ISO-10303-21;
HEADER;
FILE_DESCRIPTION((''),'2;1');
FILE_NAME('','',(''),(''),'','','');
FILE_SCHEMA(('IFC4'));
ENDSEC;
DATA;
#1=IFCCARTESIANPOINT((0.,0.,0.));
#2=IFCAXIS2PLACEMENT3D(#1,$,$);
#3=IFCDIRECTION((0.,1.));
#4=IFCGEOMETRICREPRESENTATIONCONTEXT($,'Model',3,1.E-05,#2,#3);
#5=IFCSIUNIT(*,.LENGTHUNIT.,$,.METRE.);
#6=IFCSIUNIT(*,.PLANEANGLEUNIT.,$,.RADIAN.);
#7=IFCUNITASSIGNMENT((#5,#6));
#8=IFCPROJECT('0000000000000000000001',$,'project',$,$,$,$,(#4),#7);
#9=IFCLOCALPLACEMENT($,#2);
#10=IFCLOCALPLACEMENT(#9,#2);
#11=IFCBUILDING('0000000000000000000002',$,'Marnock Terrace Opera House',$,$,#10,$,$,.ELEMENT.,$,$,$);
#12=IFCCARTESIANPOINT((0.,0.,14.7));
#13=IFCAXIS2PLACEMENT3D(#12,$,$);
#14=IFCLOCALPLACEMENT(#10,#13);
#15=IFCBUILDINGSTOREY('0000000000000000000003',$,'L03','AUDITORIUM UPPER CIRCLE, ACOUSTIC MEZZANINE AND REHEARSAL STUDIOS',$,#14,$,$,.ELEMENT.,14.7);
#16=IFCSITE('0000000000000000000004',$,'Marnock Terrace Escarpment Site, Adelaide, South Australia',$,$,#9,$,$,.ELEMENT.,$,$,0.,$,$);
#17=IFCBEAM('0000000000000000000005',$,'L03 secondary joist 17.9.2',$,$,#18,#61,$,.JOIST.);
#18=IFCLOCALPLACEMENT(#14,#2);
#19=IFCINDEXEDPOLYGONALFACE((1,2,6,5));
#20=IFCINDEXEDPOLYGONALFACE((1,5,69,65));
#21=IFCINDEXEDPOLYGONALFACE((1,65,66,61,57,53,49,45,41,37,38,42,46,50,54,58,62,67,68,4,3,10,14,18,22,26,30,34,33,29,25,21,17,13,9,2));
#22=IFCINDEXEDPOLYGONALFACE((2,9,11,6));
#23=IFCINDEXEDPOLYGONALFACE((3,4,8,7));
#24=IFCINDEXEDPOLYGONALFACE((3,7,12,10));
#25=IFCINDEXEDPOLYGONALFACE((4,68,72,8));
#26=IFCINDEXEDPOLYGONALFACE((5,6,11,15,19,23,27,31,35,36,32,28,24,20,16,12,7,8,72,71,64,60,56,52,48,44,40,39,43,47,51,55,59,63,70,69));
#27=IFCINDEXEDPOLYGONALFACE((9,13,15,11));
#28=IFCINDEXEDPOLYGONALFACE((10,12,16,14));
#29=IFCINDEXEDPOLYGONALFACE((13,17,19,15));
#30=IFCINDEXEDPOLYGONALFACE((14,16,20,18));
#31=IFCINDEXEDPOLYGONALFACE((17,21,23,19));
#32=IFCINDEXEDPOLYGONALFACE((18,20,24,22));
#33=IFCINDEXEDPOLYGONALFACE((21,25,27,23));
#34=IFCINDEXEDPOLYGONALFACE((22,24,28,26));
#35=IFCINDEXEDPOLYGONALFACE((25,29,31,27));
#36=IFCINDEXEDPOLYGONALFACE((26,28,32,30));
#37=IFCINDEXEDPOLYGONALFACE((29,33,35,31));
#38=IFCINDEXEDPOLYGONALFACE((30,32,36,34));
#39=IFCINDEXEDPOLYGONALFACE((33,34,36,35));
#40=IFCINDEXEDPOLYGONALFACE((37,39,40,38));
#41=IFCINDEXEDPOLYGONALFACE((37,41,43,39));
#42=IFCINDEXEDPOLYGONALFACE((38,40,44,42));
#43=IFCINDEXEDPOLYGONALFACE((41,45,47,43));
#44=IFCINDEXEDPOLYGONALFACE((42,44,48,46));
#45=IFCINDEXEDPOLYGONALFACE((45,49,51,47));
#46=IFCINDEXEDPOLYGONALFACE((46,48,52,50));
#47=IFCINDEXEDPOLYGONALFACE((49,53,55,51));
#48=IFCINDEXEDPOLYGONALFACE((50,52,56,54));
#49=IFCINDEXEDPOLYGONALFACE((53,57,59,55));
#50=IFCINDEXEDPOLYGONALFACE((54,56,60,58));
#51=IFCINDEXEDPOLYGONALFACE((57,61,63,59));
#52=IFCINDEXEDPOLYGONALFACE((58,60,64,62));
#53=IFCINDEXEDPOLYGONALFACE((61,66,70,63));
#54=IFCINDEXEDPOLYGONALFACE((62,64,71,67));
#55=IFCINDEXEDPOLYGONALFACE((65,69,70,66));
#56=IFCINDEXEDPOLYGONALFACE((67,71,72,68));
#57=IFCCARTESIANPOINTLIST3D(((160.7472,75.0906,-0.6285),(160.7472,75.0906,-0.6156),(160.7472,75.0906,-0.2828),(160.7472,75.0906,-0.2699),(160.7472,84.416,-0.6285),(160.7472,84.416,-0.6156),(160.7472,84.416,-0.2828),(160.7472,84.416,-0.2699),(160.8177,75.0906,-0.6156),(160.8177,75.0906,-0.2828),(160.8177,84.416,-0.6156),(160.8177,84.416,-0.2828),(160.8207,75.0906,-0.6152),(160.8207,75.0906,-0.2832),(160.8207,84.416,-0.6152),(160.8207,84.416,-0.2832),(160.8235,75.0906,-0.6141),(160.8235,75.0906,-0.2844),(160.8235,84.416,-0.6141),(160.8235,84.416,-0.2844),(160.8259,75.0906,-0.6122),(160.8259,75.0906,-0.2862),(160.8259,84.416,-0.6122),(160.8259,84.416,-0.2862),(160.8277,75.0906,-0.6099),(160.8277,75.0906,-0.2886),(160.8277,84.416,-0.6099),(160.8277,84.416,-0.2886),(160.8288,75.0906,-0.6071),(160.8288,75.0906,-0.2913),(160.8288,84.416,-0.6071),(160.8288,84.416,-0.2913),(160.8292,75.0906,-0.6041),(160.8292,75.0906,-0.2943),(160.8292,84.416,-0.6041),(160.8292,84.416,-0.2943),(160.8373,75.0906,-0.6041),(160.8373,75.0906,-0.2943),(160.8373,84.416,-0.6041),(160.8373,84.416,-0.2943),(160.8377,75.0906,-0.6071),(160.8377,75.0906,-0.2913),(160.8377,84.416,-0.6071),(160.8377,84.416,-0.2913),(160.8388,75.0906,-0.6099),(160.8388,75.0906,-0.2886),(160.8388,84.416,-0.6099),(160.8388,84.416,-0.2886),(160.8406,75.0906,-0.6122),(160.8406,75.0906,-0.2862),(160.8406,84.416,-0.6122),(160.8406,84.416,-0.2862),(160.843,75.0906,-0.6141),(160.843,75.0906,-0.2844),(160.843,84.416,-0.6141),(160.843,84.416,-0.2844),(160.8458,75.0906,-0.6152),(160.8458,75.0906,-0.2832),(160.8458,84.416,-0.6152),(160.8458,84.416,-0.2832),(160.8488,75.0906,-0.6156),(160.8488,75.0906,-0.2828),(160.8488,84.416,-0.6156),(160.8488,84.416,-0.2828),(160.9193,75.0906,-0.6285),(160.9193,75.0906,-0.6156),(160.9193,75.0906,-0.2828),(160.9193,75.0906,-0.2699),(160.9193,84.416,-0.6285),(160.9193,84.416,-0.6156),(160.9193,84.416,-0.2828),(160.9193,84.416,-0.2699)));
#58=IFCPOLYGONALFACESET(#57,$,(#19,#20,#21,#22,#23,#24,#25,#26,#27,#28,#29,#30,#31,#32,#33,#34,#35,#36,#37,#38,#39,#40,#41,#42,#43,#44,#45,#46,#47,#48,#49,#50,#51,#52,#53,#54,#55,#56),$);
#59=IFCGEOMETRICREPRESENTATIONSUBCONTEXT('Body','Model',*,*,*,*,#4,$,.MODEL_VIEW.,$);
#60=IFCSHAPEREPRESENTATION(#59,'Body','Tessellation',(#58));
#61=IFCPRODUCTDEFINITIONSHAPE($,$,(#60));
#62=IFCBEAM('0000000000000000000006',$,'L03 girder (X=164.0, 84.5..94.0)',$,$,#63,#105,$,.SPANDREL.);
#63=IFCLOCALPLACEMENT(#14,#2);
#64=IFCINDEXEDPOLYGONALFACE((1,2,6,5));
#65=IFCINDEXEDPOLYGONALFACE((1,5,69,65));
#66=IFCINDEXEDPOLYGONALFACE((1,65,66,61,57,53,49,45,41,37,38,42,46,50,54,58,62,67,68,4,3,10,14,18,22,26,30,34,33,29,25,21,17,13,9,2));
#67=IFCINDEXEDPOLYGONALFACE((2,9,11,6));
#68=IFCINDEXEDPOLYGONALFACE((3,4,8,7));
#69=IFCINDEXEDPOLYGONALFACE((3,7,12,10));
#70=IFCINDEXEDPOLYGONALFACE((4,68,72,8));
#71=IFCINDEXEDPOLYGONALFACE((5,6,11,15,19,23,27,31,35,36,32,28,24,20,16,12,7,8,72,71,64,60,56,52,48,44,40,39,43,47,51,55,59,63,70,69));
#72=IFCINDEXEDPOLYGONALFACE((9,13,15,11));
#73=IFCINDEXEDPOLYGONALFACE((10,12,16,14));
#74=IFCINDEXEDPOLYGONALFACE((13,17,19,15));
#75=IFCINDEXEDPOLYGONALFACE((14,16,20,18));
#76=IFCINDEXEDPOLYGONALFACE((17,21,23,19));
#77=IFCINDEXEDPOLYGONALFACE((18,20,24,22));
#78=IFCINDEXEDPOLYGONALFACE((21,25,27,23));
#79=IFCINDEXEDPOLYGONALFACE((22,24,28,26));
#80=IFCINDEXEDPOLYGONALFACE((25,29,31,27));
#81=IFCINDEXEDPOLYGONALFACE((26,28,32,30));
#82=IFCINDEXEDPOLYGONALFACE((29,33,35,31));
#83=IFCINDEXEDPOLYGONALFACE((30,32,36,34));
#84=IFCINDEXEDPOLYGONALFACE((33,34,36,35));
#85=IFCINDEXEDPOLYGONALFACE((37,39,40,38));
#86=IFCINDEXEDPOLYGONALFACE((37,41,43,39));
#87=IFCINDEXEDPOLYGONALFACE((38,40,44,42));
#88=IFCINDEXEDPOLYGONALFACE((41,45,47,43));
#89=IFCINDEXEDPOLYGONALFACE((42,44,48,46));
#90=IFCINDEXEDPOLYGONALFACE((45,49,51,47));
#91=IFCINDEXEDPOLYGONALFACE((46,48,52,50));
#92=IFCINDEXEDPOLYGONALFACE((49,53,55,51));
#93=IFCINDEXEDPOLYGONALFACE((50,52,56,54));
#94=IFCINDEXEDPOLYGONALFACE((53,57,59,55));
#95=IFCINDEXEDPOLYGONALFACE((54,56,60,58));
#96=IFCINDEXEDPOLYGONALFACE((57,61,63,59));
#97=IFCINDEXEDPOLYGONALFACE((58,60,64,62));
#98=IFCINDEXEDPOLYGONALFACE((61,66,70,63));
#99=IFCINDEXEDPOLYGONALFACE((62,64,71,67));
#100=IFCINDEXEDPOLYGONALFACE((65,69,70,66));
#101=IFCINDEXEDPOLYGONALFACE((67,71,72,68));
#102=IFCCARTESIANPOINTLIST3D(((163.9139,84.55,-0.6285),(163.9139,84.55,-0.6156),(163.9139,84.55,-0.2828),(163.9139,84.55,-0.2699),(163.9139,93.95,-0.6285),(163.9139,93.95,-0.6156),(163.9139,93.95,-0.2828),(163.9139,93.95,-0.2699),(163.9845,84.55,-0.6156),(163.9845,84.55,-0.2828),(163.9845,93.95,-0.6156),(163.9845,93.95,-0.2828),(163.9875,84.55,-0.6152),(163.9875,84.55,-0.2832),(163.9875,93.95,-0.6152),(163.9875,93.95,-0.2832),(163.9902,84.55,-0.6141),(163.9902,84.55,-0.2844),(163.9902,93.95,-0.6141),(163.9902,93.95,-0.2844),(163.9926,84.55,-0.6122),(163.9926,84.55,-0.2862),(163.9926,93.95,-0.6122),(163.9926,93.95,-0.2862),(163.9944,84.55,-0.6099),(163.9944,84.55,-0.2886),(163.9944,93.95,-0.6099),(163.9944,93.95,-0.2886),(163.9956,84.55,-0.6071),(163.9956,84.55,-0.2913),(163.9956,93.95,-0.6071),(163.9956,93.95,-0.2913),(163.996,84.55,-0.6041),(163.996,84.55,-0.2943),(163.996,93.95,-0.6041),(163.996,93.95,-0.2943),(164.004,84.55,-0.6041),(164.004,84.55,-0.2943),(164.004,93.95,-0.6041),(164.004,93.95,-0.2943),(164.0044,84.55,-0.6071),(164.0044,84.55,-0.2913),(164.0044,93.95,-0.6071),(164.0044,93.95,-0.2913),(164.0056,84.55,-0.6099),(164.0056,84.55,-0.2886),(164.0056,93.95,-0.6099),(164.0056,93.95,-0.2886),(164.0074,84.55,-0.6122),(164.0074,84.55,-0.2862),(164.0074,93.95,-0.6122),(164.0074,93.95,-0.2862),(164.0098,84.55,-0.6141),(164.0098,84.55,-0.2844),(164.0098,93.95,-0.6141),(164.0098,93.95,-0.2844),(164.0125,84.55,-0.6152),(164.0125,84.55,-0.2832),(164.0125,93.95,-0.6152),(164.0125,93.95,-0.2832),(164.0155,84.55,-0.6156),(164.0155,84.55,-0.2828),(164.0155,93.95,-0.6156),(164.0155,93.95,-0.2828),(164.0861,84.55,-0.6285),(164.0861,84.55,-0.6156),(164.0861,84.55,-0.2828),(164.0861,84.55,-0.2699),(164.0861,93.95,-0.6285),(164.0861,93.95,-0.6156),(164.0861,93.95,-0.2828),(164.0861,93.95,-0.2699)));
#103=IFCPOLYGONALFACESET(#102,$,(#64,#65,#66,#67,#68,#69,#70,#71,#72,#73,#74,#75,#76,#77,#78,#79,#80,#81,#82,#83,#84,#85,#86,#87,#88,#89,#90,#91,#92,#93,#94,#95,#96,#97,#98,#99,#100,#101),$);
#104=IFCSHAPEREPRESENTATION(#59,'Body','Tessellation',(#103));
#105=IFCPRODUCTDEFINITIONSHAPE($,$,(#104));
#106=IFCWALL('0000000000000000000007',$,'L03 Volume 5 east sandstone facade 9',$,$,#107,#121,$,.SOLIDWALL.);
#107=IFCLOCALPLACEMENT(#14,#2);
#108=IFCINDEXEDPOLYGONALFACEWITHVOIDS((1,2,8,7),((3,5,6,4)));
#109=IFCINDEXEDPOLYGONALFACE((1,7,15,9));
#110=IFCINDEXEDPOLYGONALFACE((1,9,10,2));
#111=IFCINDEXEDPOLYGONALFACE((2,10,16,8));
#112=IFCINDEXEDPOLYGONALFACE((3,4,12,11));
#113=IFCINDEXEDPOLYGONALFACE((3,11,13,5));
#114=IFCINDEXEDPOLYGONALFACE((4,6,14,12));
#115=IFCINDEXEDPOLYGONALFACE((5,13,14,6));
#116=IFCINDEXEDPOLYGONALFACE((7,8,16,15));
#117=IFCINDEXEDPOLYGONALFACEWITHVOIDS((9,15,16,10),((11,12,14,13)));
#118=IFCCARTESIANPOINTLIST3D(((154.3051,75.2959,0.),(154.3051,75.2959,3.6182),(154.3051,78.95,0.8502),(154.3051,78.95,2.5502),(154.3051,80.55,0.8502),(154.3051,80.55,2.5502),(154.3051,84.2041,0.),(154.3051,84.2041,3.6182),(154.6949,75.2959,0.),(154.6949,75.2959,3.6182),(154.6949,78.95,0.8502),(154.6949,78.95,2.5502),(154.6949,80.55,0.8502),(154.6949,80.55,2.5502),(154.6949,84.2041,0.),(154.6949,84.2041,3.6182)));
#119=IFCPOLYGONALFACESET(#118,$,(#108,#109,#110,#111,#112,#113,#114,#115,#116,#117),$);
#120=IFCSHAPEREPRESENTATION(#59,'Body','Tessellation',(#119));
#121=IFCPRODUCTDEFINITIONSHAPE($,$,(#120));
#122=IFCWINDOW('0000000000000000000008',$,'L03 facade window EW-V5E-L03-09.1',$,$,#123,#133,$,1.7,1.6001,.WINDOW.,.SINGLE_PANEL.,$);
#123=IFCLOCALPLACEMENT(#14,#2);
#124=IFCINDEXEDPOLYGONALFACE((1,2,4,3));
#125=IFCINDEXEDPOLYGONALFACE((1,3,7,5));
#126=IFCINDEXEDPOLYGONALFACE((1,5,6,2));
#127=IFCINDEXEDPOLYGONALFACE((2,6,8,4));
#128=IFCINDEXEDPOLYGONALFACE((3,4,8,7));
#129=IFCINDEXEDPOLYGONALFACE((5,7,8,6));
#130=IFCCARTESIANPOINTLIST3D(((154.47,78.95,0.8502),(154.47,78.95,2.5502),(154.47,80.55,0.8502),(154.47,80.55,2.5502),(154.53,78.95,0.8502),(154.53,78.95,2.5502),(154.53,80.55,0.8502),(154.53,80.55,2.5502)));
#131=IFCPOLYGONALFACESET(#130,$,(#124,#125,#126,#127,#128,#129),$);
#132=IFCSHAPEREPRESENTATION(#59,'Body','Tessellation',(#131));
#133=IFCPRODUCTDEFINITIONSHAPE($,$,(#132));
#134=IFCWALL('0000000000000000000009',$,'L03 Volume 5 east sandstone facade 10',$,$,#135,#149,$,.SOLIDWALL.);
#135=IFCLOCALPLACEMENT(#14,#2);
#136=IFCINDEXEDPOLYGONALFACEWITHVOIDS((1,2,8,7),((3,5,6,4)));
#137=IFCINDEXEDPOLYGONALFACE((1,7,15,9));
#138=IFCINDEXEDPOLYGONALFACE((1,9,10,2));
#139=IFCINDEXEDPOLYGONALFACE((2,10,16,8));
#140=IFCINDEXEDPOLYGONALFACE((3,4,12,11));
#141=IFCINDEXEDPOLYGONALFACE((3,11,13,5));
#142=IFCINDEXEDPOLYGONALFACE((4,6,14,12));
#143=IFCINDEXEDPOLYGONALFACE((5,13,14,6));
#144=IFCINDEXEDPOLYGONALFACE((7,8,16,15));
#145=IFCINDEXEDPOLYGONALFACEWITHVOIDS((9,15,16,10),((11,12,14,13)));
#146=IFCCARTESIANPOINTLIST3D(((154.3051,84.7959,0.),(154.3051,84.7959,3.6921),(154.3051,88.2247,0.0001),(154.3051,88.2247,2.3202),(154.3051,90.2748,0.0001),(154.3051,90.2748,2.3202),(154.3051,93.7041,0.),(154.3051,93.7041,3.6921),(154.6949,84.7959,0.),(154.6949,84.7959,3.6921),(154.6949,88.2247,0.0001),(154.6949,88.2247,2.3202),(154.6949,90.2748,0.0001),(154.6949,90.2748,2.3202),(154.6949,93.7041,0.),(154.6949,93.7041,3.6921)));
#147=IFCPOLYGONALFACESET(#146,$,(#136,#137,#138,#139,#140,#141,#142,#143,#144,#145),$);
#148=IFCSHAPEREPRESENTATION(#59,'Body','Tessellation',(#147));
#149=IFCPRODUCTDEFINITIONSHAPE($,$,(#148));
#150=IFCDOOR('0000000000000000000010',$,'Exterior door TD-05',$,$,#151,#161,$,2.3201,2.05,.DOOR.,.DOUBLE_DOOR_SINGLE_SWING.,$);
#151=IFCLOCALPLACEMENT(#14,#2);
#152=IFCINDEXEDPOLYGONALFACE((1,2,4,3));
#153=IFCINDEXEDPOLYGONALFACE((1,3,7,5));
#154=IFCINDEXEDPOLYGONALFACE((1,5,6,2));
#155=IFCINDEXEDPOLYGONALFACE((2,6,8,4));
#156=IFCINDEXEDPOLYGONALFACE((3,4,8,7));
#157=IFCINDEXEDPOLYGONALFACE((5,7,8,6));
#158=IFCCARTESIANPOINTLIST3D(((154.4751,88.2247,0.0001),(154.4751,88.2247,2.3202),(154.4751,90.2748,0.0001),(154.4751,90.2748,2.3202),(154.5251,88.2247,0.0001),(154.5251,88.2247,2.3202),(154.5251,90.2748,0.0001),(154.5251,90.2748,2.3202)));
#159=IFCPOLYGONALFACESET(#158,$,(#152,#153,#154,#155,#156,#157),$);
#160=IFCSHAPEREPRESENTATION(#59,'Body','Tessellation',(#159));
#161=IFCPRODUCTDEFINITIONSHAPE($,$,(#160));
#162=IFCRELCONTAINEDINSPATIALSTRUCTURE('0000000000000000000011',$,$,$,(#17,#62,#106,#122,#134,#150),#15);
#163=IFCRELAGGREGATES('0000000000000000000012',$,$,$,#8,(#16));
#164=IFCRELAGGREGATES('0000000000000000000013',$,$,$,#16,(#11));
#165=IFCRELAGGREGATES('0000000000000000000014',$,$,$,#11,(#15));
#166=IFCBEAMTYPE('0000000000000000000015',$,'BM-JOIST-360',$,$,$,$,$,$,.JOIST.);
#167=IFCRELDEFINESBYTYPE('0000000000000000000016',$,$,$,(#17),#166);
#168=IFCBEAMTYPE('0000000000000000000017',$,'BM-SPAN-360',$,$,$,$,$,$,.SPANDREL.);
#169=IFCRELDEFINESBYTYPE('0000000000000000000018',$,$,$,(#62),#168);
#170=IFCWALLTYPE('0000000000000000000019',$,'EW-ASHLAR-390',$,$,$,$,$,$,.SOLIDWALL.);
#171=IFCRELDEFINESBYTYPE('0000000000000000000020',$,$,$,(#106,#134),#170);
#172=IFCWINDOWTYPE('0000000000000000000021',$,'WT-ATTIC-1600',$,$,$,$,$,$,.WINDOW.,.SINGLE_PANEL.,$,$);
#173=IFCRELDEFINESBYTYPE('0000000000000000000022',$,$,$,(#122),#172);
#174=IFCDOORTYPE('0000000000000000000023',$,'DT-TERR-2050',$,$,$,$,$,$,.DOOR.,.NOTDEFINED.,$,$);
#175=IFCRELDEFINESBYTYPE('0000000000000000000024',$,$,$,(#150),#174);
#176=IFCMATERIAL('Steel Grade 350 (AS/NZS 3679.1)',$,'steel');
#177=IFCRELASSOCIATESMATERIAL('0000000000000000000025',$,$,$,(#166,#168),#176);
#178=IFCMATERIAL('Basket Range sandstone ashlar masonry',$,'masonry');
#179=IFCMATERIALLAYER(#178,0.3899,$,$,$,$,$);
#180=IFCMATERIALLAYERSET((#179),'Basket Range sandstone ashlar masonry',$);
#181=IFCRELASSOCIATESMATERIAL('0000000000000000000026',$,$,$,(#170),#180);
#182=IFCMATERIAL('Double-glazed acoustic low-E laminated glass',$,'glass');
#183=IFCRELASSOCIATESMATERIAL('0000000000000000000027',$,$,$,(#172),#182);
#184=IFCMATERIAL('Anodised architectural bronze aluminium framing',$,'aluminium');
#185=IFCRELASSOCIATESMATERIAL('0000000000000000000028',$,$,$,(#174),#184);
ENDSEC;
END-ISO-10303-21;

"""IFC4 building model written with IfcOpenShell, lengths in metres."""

from ifc_helpers import new_model, si_unit, direction, frame, frame_2d, origin, origin_2d, place, context, subcontext, project, spatial, rectangle, i_section, extrude, material, layer, layer_set, material_profile, profile_set, type_object, element, fill, save


model = new_model("IFC4")

# Units and contexts
model_context = context("Model", 3, precision=1e-05, world=origin(), true_north=direction((0.0, 1.0)))
body_context = subcontext(model_context, "Body", "Model", "MODEL_VIEW")
ifc_project = project(units=[si_unit("LENGTHUNIT", "METRE"), si_unit("PLANEANGLEUNIT", "RADIAN")], contexts=[model_context])

# Site, building, storey
site_placement = place(None, origin())
site = spatial("IfcSite", under=ifc_project, at=site_placement, Name="Marnock Terrace Escarpment Site, Adelaide, South Australia", CompositionType="ELEMENT", RefElevation=0.0)
building_placement = place(site_placement, origin())
building = spatial("IfcBuilding", under=site, at=building_placement, Name="Marnock Terrace Opera House", CompositionType="ELEMENT")
storey_placement = place(building_placement, frame((0.0, 0.0, 14.7)))
storey = spatial("IfcBuildingStorey", under=building, at=storey_placement, Name="L03", Description="AUDITORIUM UPPER CIRCLE, ACOUSTIC MEZZANINE AND REHEARSAL STUDIOS", CompositionType="ELEMENT", Elevation=14.7)

# Beams
ifc_material_1 = material(Name="Steel Grade 350 (AS/NZS 3679.1)", Category="steel")
ifc_material_profile_1 = material_profile(ifc_material_1, i_section(OverallWidth=0.1721, OverallDepth=0.3586, WebThickness=0.0081, FlangeThickness=0.0129, FilletRadius=0.0115, at=origin_2d()))
ifc_profile_set_1 = profile_set([ifc_material_profile_1], Name="Steel Grade 350 (AS/NZS 3679.1)")
beam_type_1 = type_object("IfcBeamType", Name="BM-JOIST-360", PredefinedType="JOIST", material=ifc_profile_set_1)
beam_1_placement = place(storey_placement, frame((160.8333, 75.0906, -0.4492), z_axis=(0.0, 1.0, 0.0), x_axis=(-1.0, 0.0, 0.0)))
element("IfcBeam", 1, at=beam_1_placement, inside=storey, type_object=beam_type_1, Name="L03 secondary joist 17.9.2", PredefinedType="JOIST", context=body_context, shape_type="SweptSolid", body=[
    extrude(i_section(OverallWidth=0.1721, OverallDepth=0.3586, WebThickness=0.0081, FlangeThickness=0.0129, FilletRadius=0.0115, at=origin_2d()), origin(), (0.0, 0.0, 1.0), 9.3254),
])
ifc_material_profile_2 = material_profile(ifc_material_1, i_section(OverallWidth=0.1721, OverallDepth=0.3586, WebThickness=0.0081, FlangeThickness=0.0129, FilletRadius=0.0115, at=origin_2d()))
ifc_profile_set_2 = profile_set([ifc_material_profile_2], Name="Steel Grade 350 (AS/NZS 3679.1)")
beam_type_2 = type_object("IfcBeamType", Name="BM-SPAN-360", PredefinedType="SPANDREL", material=ifc_profile_set_2)
beam_2_placement = place(storey_placement, frame((164.0, 84.55, -0.4492), z_axis=(0.0, 1.0, 0.0), x_axis=(-1.0, 0.0, 0.0)))
element("IfcBeam", 2, at=beam_2_placement, inside=storey, type_object=beam_type_2, Name="L03 girder (X=164.0, 84.5..94.0)", PredefinedType="SPANDREL", context=body_context, shape_type="SweptSolid", body=[
    extrude(i_section(OverallWidth=0.1721, OverallDepth=0.3586, WebThickness=0.0081, FlangeThickness=0.0129, FilletRadius=0.0115, at=origin_2d()), origin(), (0.0, 0.0, 1.0), 9.3999),
])

# Wall, opening, window
ifc_material_2 = material(Name="Basket Range sandstone ashlar masonry", Category="masonry")
ifc_layer_1 = layer(ifc_material_2, 0.3899)
ifc_layer_set_1 = layer_set([ifc_layer_1], Name="Basket Range sandstone ashlar masonry")
wall_type = type_object("IfcWallType", Name="EW-ASHLAR-390", PredefinedType="SOLIDWALL", material=ifc_layer_set_1)
wall_1_placement = place(storey_placement, frame((154.5, 75.2959, 0.0), z_axis=(0.0, 0.0, 1.0), x_axis=(0.0, 1.0, 0.0)))
wall_1 = element("IfcWall", 3, at=wall_1_placement, inside=storey, type_object=wall_type, Name="L03 Volume 5 east sandstone facade 9", PredefinedType="SOLIDWALL", context=body_context, shape_type="SweptSolid", body=[
    extrude(rectangle(XDim=8.9082, YDim=0.3899, at=frame_2d((4.4541, 0.0))), origin(), (0.0, 0.0, 1.0), 3.6182),
])
opening_1_placement = place(wall_1_placement, frame((3.6541, 0.0, 0.8501)))
opening_1 = element("IfcOpeningElement", 4, at=opening_1_placement, cuts=wall_1, PredefinedType="OPENING", context=body_context, shape_type="SweptSolid", body=[
    extrude(rectangle(XDim=1.6001, YDim=1.7, at=frame_2d((0.8, 0.8501))), frame((0.0, 0.2048, 0.0), z_axis=(0.0, -1.0, 0.0), x_axis=(1.0, 0.0, 0.0)), (0.0, 0.0, 1.0), 0.4099),
])
ifc_material_3 = material(Name="Double-glazed acoustic low-E laminated glass", Category="glass")
window_type = type_object("IfcWindowType", Name="WT-ATTIC-1600", PartitioningType="SINGLE_PANEL", PredefinedType="WINDOW", material=ifc_material_3)
window_1_placement = place(opening_1_placement, origin())
window_1 = element("IfcWindow", 5, at=window_1_placement, inside=storey, type_object=window_type, Name="L03 facade window EW-V5E-L03-09.1", OverallHeight=1.7, OverallWidth=1.6001, PartitioningType="SINGLE_PANEL", PredefinedType="WINDOW", context=body_context, shape_type="SweptSolid", body=[
    extrude(rectangle(XDim=1.6001, YDim=1.7, at=frame_2d((0.8, 0.8501))), frame((0.0, 0.03, 0.0), z_axis=(0.0, -1.0, 0.0), x_axis=(1.0, 0.0, 0.0)), (0.0, 0.0, 1.0), 0.0601),
])
fill(opening_1, window_1)

# Wall, opening, door
wall_2_placement = place(storey_placement, frame((154.5, 84.7959, 0.0), z_axis=(0.0, 0.0, 1.0), x_axis=(0.0, 1.0, 0.0)))
wall_2 = element("IfcWall", 6, at=wall_2_placement, inside=storey, type_object=wall_type, Name="L03 Volume 5 east sandstone facade 10", PredefinedType="SOLIDWALL", context=body_context, shape_type="SweptSolid", body=[
    extrude(rectangle(XDim=8.9082, YDim=0.3899, at=frame_2d((4.4541, 0.0))), origin(), (0.0, 0.0, 1.0), 3.6921),
])
opening_2_placement = place(wall_2_placement, frame((3.429, 0.0, 0.0)))
opening_2 = element("IfcOpeningElement", 7, at=opening_2_placement, cuts=wall_2, PredefinedType="OPENING", context=body_context, shape_type="SweptSolid", body=[
    extrude(rectangle(XDim=2.05, YDim=2.3201, at=frame_2d((1.0249, 1.1602))), frame((0.0, 0.2048, 0.0), z_axis=(0.0, -1.0, 0.0), x_axis=(1.0, 0.0, 0.0)), (0.0, 0.0, 1.0), 0.4099),
])
ifc_material_4 = material(Name="Anodised architectural bronze aluminium framing", Category="aluminium")
door_type = type_object("IfcDoorType", Name="DT-TERR-2050", OperationType="NOTDEFINED", PredefinedType="DOOR", material=ifc_material_4)
door_placement = place(opening_2_placement, origin())
door = element("IfcDoor", 8, at=door_placement, inside=storey, type_object=door_type, Name="Exterior door TD-05", OperationType="DOUBLE_DOOR_SINGLE_SWING", OverallHeight=2.3201, OverallWidth=2.05, PredefinedType="DOOR", context=body_context, shape_type="SweptSolid", body=[
    extrude(rectangle(XDim=2.05, YDim=2.3201, at=frame_2d((1.0249, 1.1602))), frame((0.0, 0.0249, 0.0), z_axis=(0.0, -1.0, 0.0), x_axis=(1.0, 0.0, 0.0)), (0.0, 0.0, 1.0), 0.05),
])
fill(opening_2, door)

save(model, "model.ifc")
